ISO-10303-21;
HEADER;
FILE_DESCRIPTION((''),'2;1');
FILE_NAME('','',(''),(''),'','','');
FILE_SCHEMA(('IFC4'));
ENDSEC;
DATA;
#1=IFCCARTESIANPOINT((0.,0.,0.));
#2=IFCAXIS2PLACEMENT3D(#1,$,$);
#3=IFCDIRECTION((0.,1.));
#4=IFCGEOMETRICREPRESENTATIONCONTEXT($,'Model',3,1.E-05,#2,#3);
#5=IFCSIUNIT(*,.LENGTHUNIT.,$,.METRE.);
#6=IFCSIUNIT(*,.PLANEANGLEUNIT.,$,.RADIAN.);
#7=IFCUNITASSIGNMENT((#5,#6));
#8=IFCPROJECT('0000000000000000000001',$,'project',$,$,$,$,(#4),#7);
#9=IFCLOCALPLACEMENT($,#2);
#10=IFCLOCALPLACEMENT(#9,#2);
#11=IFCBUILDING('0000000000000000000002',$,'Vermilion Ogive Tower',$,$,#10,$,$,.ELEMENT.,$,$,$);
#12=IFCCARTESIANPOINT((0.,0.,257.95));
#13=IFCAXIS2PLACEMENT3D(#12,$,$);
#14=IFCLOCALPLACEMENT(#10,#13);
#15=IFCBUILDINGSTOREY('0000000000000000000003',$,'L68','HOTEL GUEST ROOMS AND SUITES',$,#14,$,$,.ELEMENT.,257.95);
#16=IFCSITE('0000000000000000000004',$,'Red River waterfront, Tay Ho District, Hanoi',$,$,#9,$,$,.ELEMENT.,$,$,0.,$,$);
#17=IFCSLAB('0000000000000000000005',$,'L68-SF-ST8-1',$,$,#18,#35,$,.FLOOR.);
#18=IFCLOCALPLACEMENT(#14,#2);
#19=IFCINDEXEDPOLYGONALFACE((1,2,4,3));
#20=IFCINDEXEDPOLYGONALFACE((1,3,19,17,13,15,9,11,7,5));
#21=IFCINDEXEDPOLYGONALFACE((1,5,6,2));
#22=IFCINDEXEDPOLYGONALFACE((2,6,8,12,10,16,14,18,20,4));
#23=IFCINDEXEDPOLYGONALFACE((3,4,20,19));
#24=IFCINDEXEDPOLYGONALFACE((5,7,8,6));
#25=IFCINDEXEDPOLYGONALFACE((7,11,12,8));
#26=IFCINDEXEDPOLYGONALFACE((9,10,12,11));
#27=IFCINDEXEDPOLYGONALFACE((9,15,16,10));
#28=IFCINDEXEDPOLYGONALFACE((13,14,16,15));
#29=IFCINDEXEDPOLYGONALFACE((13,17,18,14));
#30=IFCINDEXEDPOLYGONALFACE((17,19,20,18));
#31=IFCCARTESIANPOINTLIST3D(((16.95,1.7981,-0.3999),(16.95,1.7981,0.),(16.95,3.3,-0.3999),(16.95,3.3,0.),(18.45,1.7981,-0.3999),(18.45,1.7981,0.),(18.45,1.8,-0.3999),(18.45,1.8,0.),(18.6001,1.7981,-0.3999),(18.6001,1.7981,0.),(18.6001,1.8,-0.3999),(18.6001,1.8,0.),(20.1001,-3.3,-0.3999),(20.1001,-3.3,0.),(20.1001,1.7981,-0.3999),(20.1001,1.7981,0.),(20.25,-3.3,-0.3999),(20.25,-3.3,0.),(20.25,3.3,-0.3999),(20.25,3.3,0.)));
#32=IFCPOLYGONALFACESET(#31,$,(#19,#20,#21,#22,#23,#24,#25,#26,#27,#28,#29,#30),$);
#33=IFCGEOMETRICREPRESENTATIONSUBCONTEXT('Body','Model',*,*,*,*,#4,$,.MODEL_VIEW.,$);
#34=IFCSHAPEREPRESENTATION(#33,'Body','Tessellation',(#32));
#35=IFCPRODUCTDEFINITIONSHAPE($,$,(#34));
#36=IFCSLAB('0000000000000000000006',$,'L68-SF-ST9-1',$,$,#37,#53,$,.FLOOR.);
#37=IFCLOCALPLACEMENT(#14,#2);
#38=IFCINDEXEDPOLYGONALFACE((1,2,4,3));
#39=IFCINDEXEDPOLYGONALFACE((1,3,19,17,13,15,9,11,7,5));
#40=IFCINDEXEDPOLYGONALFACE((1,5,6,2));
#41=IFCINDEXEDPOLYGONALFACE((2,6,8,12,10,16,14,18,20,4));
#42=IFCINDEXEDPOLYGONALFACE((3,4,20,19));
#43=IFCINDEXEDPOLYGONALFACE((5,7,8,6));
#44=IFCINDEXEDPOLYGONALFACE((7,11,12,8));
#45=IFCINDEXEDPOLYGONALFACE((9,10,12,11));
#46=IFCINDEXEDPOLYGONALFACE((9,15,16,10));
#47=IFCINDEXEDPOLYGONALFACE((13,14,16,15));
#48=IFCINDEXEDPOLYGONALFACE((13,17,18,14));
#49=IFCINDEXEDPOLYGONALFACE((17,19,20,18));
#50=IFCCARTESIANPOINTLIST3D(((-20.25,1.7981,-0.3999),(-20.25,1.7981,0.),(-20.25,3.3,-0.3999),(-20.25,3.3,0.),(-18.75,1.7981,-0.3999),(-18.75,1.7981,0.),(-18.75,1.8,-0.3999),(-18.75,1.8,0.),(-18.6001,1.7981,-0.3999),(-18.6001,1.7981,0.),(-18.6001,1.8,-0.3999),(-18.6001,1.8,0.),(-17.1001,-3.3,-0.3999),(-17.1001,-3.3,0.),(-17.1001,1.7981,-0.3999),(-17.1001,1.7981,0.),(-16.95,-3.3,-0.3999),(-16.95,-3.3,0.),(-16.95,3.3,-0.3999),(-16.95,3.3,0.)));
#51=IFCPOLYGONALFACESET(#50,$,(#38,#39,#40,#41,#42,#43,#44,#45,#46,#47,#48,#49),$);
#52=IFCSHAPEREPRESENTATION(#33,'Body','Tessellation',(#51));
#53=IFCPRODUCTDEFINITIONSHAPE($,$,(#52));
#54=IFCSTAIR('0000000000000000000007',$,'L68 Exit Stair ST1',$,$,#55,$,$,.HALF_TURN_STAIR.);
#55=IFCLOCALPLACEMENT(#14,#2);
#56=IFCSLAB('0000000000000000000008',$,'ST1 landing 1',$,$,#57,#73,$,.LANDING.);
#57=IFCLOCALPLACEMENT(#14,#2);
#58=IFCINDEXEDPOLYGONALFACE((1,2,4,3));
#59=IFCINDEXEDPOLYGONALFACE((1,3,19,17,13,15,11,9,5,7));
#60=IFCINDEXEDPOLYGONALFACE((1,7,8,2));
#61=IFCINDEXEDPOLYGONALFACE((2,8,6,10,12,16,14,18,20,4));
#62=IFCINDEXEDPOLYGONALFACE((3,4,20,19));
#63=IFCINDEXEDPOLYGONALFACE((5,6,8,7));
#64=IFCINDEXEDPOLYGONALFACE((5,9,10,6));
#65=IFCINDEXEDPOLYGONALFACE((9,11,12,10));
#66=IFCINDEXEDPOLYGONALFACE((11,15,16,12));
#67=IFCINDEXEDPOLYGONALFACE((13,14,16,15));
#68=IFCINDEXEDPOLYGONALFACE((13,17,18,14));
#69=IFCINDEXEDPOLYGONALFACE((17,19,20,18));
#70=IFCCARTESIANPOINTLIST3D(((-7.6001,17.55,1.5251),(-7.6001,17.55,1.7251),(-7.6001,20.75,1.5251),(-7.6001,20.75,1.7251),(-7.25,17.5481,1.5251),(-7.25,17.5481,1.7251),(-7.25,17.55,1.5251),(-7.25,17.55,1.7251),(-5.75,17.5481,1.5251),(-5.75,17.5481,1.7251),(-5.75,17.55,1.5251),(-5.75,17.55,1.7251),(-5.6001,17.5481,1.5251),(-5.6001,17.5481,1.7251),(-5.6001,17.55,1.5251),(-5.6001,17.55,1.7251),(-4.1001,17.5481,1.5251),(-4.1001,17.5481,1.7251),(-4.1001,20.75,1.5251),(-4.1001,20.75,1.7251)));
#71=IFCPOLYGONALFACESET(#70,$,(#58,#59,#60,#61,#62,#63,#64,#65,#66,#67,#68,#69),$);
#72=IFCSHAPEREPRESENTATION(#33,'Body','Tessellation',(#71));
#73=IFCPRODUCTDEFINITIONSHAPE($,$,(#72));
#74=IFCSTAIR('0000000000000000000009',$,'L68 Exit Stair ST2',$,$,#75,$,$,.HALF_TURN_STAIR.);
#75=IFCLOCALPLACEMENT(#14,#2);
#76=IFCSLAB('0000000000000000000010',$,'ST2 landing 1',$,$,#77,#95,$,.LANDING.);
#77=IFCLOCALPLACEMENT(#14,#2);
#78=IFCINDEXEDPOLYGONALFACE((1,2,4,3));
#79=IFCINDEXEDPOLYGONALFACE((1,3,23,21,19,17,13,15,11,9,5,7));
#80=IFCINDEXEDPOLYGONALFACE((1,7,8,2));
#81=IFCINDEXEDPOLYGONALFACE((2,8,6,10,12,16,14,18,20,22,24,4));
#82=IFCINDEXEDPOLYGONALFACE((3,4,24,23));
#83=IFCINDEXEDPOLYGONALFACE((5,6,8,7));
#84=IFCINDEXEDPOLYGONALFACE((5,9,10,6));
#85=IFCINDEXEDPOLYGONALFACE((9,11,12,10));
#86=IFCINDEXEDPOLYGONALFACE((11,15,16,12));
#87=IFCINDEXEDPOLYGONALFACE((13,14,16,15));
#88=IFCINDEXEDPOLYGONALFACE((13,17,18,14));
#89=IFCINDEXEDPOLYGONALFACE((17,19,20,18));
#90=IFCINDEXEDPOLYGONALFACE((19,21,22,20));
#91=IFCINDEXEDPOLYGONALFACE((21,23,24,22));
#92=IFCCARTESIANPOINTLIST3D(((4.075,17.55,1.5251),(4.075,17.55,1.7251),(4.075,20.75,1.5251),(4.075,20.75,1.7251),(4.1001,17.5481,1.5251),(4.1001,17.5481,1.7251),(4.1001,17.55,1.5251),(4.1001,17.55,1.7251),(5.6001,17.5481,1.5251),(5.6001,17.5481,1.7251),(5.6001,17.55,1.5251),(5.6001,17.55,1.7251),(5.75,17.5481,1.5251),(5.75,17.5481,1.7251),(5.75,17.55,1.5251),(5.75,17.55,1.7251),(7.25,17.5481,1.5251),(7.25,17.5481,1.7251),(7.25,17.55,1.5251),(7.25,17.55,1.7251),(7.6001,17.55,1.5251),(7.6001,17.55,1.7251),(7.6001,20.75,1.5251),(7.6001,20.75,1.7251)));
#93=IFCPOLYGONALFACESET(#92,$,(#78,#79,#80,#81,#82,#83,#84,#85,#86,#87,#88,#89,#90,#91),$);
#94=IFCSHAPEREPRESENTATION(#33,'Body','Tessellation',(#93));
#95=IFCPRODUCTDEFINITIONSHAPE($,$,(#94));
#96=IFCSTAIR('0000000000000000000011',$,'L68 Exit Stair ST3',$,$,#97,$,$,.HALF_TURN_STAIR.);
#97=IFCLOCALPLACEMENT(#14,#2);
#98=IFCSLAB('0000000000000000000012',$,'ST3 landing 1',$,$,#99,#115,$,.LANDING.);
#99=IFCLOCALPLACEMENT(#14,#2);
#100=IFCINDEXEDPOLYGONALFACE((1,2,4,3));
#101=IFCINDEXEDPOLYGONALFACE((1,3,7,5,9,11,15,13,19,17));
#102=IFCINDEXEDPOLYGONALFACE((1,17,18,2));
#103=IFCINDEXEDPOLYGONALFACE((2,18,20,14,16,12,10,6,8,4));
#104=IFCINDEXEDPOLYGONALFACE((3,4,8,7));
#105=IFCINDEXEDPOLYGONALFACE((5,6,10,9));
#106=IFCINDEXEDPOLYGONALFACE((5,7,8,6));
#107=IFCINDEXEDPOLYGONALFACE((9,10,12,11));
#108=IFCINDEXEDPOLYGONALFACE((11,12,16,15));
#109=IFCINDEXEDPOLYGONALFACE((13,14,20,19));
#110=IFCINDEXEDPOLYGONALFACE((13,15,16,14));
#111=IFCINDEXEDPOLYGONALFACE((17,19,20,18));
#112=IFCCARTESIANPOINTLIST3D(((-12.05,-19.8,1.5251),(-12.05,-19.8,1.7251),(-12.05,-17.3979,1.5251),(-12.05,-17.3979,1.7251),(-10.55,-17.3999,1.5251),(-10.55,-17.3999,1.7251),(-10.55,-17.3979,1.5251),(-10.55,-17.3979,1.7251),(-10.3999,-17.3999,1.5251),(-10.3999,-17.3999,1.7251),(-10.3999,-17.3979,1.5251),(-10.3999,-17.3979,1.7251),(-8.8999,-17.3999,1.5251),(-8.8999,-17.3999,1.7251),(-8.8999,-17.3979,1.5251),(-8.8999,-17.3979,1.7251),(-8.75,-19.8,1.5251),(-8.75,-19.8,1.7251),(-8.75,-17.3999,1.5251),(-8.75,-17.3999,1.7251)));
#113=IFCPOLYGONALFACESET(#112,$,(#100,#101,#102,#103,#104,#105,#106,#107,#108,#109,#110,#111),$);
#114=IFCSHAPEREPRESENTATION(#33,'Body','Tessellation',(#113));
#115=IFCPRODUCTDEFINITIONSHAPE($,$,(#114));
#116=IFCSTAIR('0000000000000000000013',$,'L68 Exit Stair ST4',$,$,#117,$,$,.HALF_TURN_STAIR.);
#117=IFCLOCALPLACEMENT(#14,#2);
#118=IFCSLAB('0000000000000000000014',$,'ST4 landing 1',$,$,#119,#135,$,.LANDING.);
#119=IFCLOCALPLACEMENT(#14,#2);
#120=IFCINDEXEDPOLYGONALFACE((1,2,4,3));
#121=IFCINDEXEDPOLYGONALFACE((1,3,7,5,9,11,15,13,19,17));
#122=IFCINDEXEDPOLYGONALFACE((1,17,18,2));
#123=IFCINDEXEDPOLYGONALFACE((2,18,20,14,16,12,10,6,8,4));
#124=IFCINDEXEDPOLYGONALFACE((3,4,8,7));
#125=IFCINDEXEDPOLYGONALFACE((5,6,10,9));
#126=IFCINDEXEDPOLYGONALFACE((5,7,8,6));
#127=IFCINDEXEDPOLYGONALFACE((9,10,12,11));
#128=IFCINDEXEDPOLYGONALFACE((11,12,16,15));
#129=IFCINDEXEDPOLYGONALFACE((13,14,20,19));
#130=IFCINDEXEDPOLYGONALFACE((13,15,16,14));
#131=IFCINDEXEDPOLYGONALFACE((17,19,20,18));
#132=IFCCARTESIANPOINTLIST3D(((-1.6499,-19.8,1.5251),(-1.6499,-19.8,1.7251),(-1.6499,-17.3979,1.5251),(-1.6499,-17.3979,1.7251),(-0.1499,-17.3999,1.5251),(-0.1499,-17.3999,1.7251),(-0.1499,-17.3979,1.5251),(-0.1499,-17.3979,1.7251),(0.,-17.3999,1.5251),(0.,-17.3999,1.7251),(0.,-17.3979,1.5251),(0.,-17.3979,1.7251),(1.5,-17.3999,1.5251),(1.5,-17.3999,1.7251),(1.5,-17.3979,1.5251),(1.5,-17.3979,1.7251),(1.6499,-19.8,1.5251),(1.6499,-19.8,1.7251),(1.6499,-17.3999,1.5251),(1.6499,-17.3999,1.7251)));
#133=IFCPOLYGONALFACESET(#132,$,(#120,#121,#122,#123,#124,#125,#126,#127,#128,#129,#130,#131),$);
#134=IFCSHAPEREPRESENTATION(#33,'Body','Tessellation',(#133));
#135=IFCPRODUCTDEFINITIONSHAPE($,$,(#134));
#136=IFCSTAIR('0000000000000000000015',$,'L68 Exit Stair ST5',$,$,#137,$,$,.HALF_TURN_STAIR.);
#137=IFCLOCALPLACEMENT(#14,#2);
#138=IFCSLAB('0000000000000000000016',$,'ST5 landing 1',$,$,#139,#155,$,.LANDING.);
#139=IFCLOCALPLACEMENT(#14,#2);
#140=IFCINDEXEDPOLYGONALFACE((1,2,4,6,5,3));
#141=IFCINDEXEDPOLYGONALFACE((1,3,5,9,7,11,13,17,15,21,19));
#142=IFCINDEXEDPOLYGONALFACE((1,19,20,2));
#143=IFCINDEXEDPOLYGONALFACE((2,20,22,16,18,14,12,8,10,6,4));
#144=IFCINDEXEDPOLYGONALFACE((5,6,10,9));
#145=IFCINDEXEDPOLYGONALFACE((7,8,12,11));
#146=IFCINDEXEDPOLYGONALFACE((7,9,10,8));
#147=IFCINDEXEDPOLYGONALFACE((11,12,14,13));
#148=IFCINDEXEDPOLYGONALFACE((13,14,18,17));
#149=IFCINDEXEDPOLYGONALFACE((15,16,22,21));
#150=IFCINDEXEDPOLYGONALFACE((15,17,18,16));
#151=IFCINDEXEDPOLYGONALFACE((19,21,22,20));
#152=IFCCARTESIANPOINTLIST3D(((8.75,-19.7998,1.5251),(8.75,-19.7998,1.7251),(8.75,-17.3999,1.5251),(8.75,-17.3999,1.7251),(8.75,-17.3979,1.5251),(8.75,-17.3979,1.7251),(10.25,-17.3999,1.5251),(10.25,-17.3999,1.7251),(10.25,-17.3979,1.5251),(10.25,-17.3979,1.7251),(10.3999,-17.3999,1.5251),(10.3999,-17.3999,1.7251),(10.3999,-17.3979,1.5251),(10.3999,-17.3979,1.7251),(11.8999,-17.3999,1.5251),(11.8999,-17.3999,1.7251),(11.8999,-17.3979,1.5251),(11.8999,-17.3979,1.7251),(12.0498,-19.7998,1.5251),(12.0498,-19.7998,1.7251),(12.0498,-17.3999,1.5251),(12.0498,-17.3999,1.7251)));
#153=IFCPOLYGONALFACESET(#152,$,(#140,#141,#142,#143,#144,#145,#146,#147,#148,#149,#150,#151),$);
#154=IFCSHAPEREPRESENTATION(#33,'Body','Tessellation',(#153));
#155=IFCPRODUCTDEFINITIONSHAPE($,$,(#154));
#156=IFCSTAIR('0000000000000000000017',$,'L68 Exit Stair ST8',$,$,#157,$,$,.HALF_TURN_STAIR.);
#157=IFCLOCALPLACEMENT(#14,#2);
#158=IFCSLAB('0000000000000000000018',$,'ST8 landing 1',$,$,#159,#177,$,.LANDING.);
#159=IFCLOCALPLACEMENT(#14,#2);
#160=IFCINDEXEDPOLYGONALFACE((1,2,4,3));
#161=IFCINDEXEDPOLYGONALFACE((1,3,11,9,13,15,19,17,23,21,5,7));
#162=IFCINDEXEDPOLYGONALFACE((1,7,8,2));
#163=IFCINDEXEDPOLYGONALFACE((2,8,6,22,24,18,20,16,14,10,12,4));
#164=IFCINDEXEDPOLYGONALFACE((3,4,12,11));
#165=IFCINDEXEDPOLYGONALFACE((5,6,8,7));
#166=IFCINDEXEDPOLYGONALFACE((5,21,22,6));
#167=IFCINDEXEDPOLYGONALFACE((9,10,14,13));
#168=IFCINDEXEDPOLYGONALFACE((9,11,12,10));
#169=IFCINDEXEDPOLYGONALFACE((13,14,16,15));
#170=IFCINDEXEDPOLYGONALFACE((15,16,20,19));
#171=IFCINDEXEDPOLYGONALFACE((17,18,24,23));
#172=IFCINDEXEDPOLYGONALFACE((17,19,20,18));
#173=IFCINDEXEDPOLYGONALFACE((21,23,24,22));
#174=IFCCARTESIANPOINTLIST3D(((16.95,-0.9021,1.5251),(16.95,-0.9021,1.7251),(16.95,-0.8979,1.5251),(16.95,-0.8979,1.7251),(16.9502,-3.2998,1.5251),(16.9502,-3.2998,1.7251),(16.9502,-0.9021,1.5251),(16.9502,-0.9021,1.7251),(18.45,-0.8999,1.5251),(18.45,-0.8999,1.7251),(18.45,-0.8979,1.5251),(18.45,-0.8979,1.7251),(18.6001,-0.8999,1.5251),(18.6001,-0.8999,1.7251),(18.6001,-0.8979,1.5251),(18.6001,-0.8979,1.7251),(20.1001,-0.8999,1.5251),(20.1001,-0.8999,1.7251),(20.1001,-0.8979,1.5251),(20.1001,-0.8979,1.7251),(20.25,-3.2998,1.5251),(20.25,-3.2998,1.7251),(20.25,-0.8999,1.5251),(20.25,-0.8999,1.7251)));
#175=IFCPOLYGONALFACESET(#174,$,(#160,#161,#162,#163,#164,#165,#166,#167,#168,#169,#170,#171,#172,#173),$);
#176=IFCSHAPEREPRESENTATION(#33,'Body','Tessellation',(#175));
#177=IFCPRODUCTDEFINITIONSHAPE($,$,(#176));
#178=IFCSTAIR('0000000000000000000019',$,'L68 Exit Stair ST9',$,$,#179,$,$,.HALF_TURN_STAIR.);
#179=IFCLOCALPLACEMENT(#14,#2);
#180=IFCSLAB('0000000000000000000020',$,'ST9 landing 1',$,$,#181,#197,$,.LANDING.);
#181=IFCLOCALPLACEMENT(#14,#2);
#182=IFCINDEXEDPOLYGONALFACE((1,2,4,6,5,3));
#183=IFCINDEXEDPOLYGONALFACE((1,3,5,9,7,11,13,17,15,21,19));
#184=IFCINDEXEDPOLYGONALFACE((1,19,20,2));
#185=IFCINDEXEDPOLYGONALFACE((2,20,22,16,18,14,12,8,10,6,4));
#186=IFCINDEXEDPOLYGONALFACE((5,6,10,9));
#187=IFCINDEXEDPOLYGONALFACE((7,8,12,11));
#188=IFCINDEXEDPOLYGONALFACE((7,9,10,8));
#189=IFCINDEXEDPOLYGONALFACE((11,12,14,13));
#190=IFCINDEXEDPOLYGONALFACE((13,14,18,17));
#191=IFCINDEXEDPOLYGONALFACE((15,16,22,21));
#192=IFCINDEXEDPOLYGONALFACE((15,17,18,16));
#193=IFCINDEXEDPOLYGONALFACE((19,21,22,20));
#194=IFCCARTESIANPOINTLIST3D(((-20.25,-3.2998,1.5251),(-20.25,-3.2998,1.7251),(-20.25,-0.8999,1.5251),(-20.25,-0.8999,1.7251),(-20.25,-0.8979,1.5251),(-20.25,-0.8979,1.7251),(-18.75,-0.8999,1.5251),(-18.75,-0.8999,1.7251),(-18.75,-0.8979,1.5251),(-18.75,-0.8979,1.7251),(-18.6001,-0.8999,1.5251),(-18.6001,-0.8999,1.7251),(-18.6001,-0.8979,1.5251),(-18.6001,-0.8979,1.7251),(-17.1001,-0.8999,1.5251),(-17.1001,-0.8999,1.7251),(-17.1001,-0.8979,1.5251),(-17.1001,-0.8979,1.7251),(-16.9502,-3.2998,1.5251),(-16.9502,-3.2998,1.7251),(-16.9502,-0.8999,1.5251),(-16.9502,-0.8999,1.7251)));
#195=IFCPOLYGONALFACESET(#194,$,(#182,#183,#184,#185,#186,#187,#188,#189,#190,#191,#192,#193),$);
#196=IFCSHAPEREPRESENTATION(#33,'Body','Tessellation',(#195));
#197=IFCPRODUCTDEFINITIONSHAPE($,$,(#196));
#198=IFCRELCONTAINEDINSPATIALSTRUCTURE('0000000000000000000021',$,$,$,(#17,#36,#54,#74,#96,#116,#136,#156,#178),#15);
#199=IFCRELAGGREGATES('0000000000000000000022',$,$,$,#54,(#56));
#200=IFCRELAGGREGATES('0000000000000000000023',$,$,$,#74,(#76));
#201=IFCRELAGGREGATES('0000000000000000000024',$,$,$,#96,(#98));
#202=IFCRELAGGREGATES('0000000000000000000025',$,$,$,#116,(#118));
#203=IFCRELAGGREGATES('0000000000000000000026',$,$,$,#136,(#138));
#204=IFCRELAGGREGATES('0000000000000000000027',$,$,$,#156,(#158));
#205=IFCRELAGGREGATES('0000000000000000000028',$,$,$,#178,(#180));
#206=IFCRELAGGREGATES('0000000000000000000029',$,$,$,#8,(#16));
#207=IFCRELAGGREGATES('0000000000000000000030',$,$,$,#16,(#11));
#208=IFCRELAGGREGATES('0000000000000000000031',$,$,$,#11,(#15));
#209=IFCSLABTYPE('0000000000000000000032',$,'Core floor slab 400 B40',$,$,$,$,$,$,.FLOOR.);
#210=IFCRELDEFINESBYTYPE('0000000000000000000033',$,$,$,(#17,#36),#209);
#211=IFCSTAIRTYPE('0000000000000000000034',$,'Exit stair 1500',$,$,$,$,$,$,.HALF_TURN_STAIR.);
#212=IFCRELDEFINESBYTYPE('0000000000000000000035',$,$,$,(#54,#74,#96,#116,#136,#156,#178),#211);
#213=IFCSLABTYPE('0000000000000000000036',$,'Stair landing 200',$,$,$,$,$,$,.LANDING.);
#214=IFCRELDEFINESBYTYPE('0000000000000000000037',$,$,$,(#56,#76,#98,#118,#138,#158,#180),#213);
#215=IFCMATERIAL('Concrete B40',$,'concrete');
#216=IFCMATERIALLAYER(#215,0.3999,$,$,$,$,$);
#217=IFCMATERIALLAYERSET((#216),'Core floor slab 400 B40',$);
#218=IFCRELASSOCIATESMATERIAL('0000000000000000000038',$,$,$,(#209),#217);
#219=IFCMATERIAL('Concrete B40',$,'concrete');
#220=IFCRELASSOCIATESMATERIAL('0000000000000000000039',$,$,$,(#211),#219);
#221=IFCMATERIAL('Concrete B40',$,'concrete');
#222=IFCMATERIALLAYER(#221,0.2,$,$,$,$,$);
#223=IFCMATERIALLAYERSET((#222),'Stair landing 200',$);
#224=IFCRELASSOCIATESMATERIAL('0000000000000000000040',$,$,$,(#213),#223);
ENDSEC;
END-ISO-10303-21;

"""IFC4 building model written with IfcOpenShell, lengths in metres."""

from ifc_helpers import new_model, si_unit, direction, frame, origin, place, context, subcontext, project, spatial, polyline, outline, extrude, material, layer, layer_set, type_object, element, aggregate, save


model = new_model("IFC4")

# Units and contexts
model_context = context("Model", 3, precision=1e-05, world=origin(), true_north=direction((0.0, 1.0)))
body_context = subcontext(model_context, "Body", "Model", "MODEL_VIEW")
ifc_project = project(units=[si_unit("LENGTHUNIT", "METRE"), si_unit("PLANEANGLEUNIT", "RADIAN")], contexts=[model_context])

# Site, building, storey
site_placement = place(None, origin())
site = spatial("IfcSite", under=ifc_project, at=site_placement, Name="Red River waterfront, Tay Ho District, Hanoi", CompositionType="ELEMENT", RefElevation=0.0)
building_placement = place(site_placement, origin())
building = spatial("IfcBuilding", under=site, at=building_placement, Name="Vermilion Ogive Tower", CompositionType="ELEMENT")
storey_placement = place(building_placement, frame((0.0, 0.0, 257.95)))
storey = spatial("IfcBuildingStorey", under=building, at=storey_placement, Name="L68", Description="HOTEL GUEST ROOMS AND SUITES", CompositionType="ELEMENT", Elevation=257.95)

# Slabs
ifc_material_1 = material(Name="Concrete B40", Category="concrete")
ifc_layer_1 = layer(ifc_material_1, 0.3999)
ifc_layer_set_1 = layer_set([ifc_layer_1], Name="Core floor slab 400 B40")
slab_type_1 = type_object("IfcSlabType", Name="Core floor slab 400 B40", PredefinedType="FLOOR", material=ifc_layer_set_1)
slab_1_placement = place(storey_placement, frame((0.0, 0.0, -0.3999)))
element("IfcSlab", 1, at=slab_1_placement, inside=storey, type_object=slab_type_1, Name="L68-SF-ST8-1", PredefinedType="FLOOR", context=body_context, shape_type="SweptSolid", body=[
    extrude(outline(polyline([(16.95, 3.3), (16.95, 1.7981), (18.45, 1.7981), (18.45, 1.8), (18.6001, 1.8), (18.6001, 1.7981), (20.1001, 1.7981), (20.1001, -3.3), (20.25, -3.3), (20.25, 3.3), (16.95, 3.3)])), origin(), (0.0, 0.0, 1.0), 0.3999),
])
slab_2_placement = place(storey_placement, frame((0.0, 0.0, -0.3999)))
element("IfcSlab", 2, at=slab_2_placement, inside=storey, type_object=slab_type_1, Name="L68-SF-ST9-1", PredefinedType="FLOOR", context=body_context, shape_type="SweptSolid", body=[
    extrude(outline(polyline([(-20.25, 3.3), (-20.25, 1.7981), (-18.75, 1.7981), (-18.75, 1.8), (-18.6001, 1.8), (-18.6001, 1.7981), (-17.1001, 1.7981), (-17.1001, -3.3), (-16.95, -3.3), (-16.95, 3.3), (-20.25, 3.3)])), origin(), (0.0, 0.0, 1.0), 0.3999),
])

# Stairs, slabs
ifc_material_2 = material(Name="Concrete B40", Category="concrete")
stair_type = type_object("IfcStairType", Name="Exit stair 1500", PredefinedType="HALF_TURN_STAIR", material=ifc_material_2)
stair_1_placement = place(storey_placement, origin())
stair_1 = element("IfcStair", 3, at=stair_1_placement, inside=storey, type_object=stair_type, Name="L68 Exit Stair ST1", PredefinedType="HALF_TURN_STAIR")
ifc_material_3 = material(Name="Concrete B40", Category="concrete")
ifc_layer_2 = layer(ifc_material_3, 0.2)
ifc_layer_set_2 = layer_set([ifc_layer_2], Name="Stair landing 200")
slab_type_2 = type_object("IfcSlabType", Name="Stair landing 200", PredefinedType="LANDING", material=ifc_layer_set_2)
slab_3_placement = place(storey_placement, frame((0.0, 0.0, 1.5251)))
slab_3 = element("IfcSlab", 4, at=slab_3_placement, type_object=slab_type_2, Name="ST1 landing 1", PredefinedType="LANDING", context=body_context, shape_type="SweptSolid", body=[
    extrude(outline(polyline([(-7.6001, 17.55), (-7.25, 17.55), (-7.25, 17.5481), (-5.75, 17.5481), (-5.75, 17.55), (-5.6001, 17.55), (-5.6001, 17.5481), (-4.1001, 17.5481), (-4.1001, 20.75), (-7.6001, 20.75), (-7.6001, 17.55)])), origin(), (0.0, 0.0, 1.0), 0.2),
])
aggregate(stair_1, [slab_3])
stair_2_placement = place(storey_placement, origin())
stair_2 = element("IfcStair", 5, at=stair_2_placement, inside=storey, type_object=stair_type, Name="L68 Exit Stair ST2", PredefinedType="HALF_TURN_STAIR")
slab_4_placement = place(storey_placement, frame((0.0, 0.0, 1.5251)))
slab_4 = element("IfcSlab", 6, at=slab_4_placement, type_object=slab_type_2, Name="ST2 landing 1", PredefinedType="LANDING", context=body_context, shape_type="SweptSolid", body=[
    extrude(outline(polyline([(5.6001, 17.55), (5.75, 17.55), (5.75, 17.5481), (7.25, 17.5481), (7.25, 17.55), (7.6001, 17.55), (7.6001, 20.75), (4.075, 20.75), (4.075, 17.55), (4.1001, 17.55), (4.1001, 17.5481), (5.6001, 17.5481), (5.6001, 17.55)])), origin(), (0.0, 0.0, 1.0), 0.2),
])
aggregate(stair_2, [slab_4])
stair_3_placement = place(storey_placement, origin())
stair_3 = element("IfcStair", 7, at=stair_3_placement, inside=storey, type_object=stair_type, Name="L68 Exit Stair ST3", PredefinedType="HALF_TURN_STAIR")
slab_5_placement = place(storey_placement, frame((0.0, 0.0, 1.5251)))
slab_5 = element("IfcSlab", 8, at=slab_5_placement, type_object=slab_type_2, Name="ST3 landing 1", PredefinedType="LANDING", context=body_context, shape_type="SweptSolid", body=[
    extrude(outline(polyline([(-8.75, -17.3999), (-8.8999, -17.3999), (-8.8999, -17.3979), (-10.3999, -17.3979), (-10.3999, -17.3999), (-10.55, -17.3999), (-10.55, -17.3979), (-12.05, -17.3979), (-12.05, -19.8), (-8.75, -19.8), (-8.75, -17.3999)])), origin(), (0.0, 0.0, 1.0), 0.2),
])
aggregate(stair_3, [slab_5])
stair_4_placement = place(storey_placement, origin())
stair_4 = element("IfcStair", 9, at=stair_4_placement, inside=storey, type_object=stair_type, Name="L68 Exit Stair ST4", PredefinedType="HALF_TURN_STAIR")
slab_6_placement = place(storey_placement, frame((0.0, 0.0, 1.5251)))
slab_6 = element("IfcSlab", 10, at=slab_6_placement, type_object=slab_type_2, Name="ST4 landing 1", PredefinedType="LANDING", context=body_context, shape_type="SweptSolid", body=[
    extrude(outline(polyline([(1.6499, -17.3999), (1.5, -17.3999), (1.5, -17.3979), (0.0, -17.3979), (0.0, -17.3999), (-0.1499, -17.3999), (-0.1499, -17.3979), (-1.6499, -17.3979), (-1.6499, -19.8), (1.6499, -19.8), (1.6499, -17.3999)])), origin(), (0.0, 0.0, 1.0), 0.2),
])
aggregate(stair_4, [slab_6])
stair_5_placement = place(storey_placement, origin())
stair_5 = element("IfcStair", 11, at=stair_5_placement, inside=storey, type_object=stair_type, Name="L68 Exit Stair ST5", PredefinedType="HALF_TURN_STAIR")
slab_7_placement = place(storey_placement, frame((0.0, 0.0, 1.5251)))
slab_7 = element("IfcSlab", 12, at=slab_7_placement, type_object=slab_type_2, Name="ST5 landing 1", PredefinedType="LANDING", context=body_context, shape_type="SweptSolid", body=[
    extrude(outline(polyline([(12.0498, -17.3999), (11.8999, -17.3999), (11.8999, -17.3979), (10.3999, -17.3979), (10.3999, -17.3999), (10.25, -17.3999), (10.25, -17.3979), (8.75, -17.3979), (8.75, -17.3999), (8.75, -17.3999), (8.75, -19.7998), (12.0498, -19.7998), (12.0498, -17.3999)])), origin(), (0.0, 0.0, 1.0), 0.2),
])
aggregate(stair_5, [slab_7])
stair_6_placement = place(storey_placement, origin())
stair_6 = element("IfcStair", 13, at=stair_6_placement, inside=storey, type_object=stair_type, Name="L68 Exit Stair ST8", PredefinedType="HALF_TURN_STAIR")
slab_8_placement = place(storey_placement, frame((0.0, 0.0, 1.5251)))
slab_8 = element("IfcSlab", 14, at=slab_8_placement, type_object=slab_type_2, Name="ST8 landing 1", PredefinedType="LANDING", context=body_context, shape_type="SweptSolid", body=[
    extrude(outline(polyline([(20.25, -0.8999), (20.1001, -0.8999), (20.1001, -0.8979), (18.6001, -0.8979), (18.6001, -0.8999), (18.45, -0.8999), (18.45, -0.8979), (16.95, -0.8979), (16.95, -0.9021), (16.9502, -0.9021), (16.9502, -3.2998), (20.25, -3.2998), (20.25, -0.8999)])), origin(), (0.0, 0.0, 1.0), 0.2),
])
aggregate(stair_6, [slab_8])
stair_7_placement = place(storey_placement, origin())
stair_7 = element("IfcStair", 15, at=stair_7_placement, inside=storey, type_object=stair_type, Name="L68 Exit Stair ST9", PredefinedType="HALF_TURN_STAIR")
slab_9_placement = place(storey_placement, frame((0.0, 0.0, 1.5251)))
slab_9 = element("IfcSlab", 16, at=slab_9_placement, type_object=slab_type_2, Name="ST9 landing 1", PredefinedType="LANDING", context=body_context, shape_type="SweptSolid", body=[
    extrude(outline(polyline([(-16.9502, -0.8999), (-17.1001, -0.8999), (-17.1001, -0.8979), (-18.6001, -0.8979), (-18.6001, -0.8999), (-18.75, -0.8999), (-18.75, -0.8979), (-20.25, -0.8979), (-20.25, -0.8999), (-20.25, -0.8999), (-20.25, -3.2998), (-16.9502, -3.2998), (-16.9502, -0.8999)])), origin(), (0.0, 0.0, 1.0), 0.2),
])
aggregate(stair_7, [slab_9])

save(model, "model.ifc")
